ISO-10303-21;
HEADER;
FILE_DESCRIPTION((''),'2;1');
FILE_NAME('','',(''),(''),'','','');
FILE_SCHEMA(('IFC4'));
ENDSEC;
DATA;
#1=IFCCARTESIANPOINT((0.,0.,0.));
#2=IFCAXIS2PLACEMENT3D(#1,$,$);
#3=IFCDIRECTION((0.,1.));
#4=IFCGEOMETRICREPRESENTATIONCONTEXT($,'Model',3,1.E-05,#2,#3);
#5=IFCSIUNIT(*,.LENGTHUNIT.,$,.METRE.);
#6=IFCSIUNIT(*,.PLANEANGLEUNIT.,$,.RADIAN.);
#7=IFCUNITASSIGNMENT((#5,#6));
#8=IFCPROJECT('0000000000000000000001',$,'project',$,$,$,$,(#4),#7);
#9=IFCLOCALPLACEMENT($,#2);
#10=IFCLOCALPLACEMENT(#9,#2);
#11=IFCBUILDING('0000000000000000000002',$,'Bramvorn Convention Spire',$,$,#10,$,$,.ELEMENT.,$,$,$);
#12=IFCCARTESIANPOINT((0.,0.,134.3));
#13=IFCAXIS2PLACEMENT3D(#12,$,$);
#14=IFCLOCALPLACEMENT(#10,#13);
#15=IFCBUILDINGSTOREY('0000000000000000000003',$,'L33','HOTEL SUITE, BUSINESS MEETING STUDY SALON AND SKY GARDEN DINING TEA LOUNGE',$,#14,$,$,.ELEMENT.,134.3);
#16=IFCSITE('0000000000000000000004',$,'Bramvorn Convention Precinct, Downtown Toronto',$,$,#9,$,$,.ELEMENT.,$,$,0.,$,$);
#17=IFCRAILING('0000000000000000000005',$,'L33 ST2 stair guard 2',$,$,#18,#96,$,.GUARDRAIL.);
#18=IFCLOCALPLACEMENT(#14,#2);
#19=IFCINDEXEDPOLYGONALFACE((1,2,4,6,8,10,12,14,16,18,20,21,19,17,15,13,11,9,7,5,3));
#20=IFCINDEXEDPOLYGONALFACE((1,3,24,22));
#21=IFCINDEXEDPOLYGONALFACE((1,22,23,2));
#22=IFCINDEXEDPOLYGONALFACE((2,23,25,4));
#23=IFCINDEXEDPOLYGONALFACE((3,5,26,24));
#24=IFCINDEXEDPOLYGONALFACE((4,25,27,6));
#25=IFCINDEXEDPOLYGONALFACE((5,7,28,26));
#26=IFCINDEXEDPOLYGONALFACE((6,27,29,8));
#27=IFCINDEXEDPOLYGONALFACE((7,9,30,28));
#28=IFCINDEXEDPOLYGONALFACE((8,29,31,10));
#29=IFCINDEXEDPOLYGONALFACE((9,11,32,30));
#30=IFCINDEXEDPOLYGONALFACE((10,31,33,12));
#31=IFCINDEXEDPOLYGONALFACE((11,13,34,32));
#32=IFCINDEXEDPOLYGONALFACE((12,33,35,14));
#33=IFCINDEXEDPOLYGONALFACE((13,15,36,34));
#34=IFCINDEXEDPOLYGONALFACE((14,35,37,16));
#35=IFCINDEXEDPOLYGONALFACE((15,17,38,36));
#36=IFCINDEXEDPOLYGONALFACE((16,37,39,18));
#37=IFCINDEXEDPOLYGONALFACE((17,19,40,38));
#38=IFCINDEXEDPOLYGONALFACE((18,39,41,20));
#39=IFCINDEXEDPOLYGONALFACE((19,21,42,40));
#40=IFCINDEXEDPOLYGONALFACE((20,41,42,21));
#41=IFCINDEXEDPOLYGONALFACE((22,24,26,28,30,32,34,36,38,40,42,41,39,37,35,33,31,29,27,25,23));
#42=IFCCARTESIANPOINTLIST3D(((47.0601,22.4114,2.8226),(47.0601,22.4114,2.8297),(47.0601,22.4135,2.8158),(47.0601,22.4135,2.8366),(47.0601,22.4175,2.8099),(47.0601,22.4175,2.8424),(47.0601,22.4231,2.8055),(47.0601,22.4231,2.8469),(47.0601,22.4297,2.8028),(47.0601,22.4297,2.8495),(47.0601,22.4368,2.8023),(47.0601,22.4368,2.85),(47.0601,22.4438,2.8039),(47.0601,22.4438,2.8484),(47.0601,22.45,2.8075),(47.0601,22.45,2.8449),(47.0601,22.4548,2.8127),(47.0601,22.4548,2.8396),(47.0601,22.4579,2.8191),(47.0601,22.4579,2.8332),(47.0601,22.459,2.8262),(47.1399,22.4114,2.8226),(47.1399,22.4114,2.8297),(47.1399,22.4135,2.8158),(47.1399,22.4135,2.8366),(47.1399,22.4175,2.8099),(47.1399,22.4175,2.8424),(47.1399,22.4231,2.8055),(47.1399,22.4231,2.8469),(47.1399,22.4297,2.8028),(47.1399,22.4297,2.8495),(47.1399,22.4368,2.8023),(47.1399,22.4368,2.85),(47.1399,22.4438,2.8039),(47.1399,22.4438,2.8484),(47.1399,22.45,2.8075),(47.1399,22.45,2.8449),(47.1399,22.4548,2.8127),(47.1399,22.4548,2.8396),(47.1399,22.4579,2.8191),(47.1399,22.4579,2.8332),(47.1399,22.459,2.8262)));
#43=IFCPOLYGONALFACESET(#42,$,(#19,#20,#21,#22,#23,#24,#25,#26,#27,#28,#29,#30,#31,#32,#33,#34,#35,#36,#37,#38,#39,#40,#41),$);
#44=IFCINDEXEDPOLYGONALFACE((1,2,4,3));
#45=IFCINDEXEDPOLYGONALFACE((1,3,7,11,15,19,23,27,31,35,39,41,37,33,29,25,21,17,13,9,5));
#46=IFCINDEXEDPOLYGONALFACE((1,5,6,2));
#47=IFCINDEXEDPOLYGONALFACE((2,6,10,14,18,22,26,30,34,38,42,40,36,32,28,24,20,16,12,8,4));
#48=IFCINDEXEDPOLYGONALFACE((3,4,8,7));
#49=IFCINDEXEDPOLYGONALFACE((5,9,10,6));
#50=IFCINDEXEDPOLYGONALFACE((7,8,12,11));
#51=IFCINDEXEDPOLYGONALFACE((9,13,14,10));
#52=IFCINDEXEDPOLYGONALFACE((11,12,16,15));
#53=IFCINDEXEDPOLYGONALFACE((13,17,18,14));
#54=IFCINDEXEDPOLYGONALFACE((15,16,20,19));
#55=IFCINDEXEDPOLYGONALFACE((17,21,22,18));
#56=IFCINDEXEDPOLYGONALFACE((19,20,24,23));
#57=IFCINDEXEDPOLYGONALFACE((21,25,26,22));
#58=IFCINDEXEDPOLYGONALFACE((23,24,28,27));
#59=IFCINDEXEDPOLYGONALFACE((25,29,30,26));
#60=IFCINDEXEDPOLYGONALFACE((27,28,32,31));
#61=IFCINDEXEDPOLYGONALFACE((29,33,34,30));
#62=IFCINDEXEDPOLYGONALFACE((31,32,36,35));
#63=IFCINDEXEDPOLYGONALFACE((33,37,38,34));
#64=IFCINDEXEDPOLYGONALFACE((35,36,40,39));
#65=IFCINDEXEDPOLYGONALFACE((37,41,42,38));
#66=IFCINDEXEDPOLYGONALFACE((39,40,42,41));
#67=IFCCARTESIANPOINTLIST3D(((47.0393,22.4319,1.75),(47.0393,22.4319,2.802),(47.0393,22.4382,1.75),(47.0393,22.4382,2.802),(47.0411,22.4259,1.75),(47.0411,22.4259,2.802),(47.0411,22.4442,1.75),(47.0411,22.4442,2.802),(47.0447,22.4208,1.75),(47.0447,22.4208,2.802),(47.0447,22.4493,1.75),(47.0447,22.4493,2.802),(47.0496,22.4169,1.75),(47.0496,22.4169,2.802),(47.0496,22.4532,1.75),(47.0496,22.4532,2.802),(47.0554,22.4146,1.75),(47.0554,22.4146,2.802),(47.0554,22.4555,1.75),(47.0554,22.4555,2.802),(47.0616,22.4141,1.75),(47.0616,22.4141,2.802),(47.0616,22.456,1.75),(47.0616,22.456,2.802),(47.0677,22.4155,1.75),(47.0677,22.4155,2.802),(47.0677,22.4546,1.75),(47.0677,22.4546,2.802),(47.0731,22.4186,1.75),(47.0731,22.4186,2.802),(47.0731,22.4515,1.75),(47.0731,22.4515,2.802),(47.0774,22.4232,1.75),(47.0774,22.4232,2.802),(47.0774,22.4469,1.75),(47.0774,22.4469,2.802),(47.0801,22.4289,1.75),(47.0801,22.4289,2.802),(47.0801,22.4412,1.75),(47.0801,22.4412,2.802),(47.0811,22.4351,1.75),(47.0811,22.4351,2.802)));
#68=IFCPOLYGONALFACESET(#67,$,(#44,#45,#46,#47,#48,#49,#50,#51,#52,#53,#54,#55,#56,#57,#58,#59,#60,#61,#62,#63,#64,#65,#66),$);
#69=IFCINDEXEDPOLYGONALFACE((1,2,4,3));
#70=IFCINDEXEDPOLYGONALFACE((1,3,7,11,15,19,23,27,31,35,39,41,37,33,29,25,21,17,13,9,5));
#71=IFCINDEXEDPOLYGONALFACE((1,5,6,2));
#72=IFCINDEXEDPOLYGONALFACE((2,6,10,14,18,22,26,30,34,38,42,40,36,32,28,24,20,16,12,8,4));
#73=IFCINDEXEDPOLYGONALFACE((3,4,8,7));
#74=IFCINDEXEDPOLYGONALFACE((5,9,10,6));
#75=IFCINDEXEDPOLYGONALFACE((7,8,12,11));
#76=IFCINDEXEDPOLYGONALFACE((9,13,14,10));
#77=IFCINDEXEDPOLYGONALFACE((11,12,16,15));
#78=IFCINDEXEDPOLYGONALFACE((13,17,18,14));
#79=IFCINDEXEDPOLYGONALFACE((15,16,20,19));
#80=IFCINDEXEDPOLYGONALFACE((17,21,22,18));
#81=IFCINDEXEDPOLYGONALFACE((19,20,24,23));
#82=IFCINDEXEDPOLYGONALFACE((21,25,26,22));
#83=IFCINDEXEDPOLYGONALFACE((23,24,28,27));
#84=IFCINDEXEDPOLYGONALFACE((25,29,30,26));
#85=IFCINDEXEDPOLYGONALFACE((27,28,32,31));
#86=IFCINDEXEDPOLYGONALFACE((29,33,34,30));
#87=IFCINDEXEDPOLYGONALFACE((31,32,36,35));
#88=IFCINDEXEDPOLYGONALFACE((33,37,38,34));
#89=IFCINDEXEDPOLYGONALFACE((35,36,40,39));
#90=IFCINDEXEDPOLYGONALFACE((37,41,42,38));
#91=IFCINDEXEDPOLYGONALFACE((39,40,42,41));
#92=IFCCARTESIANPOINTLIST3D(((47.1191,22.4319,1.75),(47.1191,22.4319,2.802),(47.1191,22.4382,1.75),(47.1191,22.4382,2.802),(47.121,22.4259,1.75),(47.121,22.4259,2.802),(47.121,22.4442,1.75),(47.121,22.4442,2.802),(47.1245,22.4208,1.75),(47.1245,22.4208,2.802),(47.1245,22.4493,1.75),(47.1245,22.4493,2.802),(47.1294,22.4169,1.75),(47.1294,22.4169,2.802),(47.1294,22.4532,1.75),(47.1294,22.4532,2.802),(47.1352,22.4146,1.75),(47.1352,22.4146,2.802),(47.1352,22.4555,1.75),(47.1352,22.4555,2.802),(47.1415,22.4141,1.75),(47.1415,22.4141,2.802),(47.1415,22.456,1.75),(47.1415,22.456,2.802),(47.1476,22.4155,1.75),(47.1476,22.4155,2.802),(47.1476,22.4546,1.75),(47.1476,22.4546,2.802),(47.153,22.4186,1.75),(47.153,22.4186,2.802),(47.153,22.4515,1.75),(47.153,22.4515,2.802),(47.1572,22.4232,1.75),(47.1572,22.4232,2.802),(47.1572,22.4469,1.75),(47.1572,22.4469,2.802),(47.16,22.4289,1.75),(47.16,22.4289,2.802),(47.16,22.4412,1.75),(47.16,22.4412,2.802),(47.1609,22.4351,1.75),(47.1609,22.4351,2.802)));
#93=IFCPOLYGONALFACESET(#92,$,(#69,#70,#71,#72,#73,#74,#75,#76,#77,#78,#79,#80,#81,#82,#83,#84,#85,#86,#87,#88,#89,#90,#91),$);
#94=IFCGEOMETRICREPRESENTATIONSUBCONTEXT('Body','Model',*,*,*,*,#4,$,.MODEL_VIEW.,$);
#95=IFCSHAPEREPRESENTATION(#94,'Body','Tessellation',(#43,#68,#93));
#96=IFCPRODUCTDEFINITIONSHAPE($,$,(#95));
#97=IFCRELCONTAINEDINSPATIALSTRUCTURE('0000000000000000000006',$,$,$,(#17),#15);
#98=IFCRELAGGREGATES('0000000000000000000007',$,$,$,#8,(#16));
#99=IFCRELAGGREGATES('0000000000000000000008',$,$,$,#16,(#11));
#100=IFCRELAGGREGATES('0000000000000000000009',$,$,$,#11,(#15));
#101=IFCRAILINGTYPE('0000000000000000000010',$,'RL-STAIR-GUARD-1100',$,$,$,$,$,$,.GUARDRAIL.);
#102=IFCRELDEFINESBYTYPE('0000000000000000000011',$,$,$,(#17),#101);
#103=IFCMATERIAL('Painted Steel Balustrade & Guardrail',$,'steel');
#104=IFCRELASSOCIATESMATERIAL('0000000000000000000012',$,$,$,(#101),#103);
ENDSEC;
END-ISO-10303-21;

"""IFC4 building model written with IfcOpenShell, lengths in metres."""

from ifc_helpers import new_model, si_unit, direction, frame, origin, origin_2d, place, context, subcontext, project, spatial, circle, extrude, material, type_object, element, save


model = new_model("IFC4")

# Units and contexts
model_context = context("Model", 3, precision=1e-05, world=origin(), true_north=direction((0.0, 1.0)))
body_context = subcontext(model_context, "Body", "Model", "MODEL_VIEW")
ifc_project = project(units=[si_unit("LENGTHUNIT", "METRE"), si_unit("PLANEANGLEUNIT", "RADIAN")], contexts=[model_context])

# Site, building, storey
site_placement = place(None, origin())
site = spatial("IfcSite", under=ifc_project, at=site_placement, Name="Bramvorn Convention Precinct, Downtown Toronto", CompositionType="ELEMENT", RefElevation=0.0)
building_placement = place(site_placement, origin())
building = spatial("IfcBuilding", under=site, at=building_placement, Name="Bramvorn Convention Spire", CompositionType="ELEMENT")
storey_placement = place(building_placement, frame((0.0, 0.0, 134.3)))
storey = spatial("IfcBuildingStorey", under=building, at=storey_placement, Name="L33", Description="HOTEL SUITE, BUSINESS MEETING STUDY SALON AND SKY GARDEN DINING TEA LOUNGE", CompositionType="ELEMENT", Elevation=134.3)

# Railing
ifc_material_1 = material(Name="Painted Steel Balustrade & Guardrail", Category="steel")
railing_type_1 = type_object("IfcRailingType", Name="RL-STAIR-GUARD-1100", PredefinedType="GUARDRAIL", material=ifc_material_1)
railing_1_placement = place(storey_placement, frame((47.0601, 22.4351, 1.75)))
element("IfcRailing", 1, at=railing_1_placement, inside=storey, type_object=railing_type_1, Name="L33 ST2 stair guard 2", PredefinedType="GUARDRAIL", context=body_context, shape_type="SweptSolid", body=[
    extrude(circle(Radius=0.0239, at=origin_2d()), frame((0.0, 0.0, 1.0762), z_axis=(1.0, 0.0, 0.0), x_axis=(0.0, 1.0, 0.0)), (0.0, 0.0, 1.0), 0.0798),
    extrude(circle(Radius=0.021, at=origin_2d()), origin(), (0.0, 0.0, 1.0), 1.052),
    extrude(circle(Radius=0.021, at=origin_2d()), frame((0.0798, 0.0, 0.0)), (0.0, 0.0, 1.0), 1.052),
])

save(model, "model.ifc")
